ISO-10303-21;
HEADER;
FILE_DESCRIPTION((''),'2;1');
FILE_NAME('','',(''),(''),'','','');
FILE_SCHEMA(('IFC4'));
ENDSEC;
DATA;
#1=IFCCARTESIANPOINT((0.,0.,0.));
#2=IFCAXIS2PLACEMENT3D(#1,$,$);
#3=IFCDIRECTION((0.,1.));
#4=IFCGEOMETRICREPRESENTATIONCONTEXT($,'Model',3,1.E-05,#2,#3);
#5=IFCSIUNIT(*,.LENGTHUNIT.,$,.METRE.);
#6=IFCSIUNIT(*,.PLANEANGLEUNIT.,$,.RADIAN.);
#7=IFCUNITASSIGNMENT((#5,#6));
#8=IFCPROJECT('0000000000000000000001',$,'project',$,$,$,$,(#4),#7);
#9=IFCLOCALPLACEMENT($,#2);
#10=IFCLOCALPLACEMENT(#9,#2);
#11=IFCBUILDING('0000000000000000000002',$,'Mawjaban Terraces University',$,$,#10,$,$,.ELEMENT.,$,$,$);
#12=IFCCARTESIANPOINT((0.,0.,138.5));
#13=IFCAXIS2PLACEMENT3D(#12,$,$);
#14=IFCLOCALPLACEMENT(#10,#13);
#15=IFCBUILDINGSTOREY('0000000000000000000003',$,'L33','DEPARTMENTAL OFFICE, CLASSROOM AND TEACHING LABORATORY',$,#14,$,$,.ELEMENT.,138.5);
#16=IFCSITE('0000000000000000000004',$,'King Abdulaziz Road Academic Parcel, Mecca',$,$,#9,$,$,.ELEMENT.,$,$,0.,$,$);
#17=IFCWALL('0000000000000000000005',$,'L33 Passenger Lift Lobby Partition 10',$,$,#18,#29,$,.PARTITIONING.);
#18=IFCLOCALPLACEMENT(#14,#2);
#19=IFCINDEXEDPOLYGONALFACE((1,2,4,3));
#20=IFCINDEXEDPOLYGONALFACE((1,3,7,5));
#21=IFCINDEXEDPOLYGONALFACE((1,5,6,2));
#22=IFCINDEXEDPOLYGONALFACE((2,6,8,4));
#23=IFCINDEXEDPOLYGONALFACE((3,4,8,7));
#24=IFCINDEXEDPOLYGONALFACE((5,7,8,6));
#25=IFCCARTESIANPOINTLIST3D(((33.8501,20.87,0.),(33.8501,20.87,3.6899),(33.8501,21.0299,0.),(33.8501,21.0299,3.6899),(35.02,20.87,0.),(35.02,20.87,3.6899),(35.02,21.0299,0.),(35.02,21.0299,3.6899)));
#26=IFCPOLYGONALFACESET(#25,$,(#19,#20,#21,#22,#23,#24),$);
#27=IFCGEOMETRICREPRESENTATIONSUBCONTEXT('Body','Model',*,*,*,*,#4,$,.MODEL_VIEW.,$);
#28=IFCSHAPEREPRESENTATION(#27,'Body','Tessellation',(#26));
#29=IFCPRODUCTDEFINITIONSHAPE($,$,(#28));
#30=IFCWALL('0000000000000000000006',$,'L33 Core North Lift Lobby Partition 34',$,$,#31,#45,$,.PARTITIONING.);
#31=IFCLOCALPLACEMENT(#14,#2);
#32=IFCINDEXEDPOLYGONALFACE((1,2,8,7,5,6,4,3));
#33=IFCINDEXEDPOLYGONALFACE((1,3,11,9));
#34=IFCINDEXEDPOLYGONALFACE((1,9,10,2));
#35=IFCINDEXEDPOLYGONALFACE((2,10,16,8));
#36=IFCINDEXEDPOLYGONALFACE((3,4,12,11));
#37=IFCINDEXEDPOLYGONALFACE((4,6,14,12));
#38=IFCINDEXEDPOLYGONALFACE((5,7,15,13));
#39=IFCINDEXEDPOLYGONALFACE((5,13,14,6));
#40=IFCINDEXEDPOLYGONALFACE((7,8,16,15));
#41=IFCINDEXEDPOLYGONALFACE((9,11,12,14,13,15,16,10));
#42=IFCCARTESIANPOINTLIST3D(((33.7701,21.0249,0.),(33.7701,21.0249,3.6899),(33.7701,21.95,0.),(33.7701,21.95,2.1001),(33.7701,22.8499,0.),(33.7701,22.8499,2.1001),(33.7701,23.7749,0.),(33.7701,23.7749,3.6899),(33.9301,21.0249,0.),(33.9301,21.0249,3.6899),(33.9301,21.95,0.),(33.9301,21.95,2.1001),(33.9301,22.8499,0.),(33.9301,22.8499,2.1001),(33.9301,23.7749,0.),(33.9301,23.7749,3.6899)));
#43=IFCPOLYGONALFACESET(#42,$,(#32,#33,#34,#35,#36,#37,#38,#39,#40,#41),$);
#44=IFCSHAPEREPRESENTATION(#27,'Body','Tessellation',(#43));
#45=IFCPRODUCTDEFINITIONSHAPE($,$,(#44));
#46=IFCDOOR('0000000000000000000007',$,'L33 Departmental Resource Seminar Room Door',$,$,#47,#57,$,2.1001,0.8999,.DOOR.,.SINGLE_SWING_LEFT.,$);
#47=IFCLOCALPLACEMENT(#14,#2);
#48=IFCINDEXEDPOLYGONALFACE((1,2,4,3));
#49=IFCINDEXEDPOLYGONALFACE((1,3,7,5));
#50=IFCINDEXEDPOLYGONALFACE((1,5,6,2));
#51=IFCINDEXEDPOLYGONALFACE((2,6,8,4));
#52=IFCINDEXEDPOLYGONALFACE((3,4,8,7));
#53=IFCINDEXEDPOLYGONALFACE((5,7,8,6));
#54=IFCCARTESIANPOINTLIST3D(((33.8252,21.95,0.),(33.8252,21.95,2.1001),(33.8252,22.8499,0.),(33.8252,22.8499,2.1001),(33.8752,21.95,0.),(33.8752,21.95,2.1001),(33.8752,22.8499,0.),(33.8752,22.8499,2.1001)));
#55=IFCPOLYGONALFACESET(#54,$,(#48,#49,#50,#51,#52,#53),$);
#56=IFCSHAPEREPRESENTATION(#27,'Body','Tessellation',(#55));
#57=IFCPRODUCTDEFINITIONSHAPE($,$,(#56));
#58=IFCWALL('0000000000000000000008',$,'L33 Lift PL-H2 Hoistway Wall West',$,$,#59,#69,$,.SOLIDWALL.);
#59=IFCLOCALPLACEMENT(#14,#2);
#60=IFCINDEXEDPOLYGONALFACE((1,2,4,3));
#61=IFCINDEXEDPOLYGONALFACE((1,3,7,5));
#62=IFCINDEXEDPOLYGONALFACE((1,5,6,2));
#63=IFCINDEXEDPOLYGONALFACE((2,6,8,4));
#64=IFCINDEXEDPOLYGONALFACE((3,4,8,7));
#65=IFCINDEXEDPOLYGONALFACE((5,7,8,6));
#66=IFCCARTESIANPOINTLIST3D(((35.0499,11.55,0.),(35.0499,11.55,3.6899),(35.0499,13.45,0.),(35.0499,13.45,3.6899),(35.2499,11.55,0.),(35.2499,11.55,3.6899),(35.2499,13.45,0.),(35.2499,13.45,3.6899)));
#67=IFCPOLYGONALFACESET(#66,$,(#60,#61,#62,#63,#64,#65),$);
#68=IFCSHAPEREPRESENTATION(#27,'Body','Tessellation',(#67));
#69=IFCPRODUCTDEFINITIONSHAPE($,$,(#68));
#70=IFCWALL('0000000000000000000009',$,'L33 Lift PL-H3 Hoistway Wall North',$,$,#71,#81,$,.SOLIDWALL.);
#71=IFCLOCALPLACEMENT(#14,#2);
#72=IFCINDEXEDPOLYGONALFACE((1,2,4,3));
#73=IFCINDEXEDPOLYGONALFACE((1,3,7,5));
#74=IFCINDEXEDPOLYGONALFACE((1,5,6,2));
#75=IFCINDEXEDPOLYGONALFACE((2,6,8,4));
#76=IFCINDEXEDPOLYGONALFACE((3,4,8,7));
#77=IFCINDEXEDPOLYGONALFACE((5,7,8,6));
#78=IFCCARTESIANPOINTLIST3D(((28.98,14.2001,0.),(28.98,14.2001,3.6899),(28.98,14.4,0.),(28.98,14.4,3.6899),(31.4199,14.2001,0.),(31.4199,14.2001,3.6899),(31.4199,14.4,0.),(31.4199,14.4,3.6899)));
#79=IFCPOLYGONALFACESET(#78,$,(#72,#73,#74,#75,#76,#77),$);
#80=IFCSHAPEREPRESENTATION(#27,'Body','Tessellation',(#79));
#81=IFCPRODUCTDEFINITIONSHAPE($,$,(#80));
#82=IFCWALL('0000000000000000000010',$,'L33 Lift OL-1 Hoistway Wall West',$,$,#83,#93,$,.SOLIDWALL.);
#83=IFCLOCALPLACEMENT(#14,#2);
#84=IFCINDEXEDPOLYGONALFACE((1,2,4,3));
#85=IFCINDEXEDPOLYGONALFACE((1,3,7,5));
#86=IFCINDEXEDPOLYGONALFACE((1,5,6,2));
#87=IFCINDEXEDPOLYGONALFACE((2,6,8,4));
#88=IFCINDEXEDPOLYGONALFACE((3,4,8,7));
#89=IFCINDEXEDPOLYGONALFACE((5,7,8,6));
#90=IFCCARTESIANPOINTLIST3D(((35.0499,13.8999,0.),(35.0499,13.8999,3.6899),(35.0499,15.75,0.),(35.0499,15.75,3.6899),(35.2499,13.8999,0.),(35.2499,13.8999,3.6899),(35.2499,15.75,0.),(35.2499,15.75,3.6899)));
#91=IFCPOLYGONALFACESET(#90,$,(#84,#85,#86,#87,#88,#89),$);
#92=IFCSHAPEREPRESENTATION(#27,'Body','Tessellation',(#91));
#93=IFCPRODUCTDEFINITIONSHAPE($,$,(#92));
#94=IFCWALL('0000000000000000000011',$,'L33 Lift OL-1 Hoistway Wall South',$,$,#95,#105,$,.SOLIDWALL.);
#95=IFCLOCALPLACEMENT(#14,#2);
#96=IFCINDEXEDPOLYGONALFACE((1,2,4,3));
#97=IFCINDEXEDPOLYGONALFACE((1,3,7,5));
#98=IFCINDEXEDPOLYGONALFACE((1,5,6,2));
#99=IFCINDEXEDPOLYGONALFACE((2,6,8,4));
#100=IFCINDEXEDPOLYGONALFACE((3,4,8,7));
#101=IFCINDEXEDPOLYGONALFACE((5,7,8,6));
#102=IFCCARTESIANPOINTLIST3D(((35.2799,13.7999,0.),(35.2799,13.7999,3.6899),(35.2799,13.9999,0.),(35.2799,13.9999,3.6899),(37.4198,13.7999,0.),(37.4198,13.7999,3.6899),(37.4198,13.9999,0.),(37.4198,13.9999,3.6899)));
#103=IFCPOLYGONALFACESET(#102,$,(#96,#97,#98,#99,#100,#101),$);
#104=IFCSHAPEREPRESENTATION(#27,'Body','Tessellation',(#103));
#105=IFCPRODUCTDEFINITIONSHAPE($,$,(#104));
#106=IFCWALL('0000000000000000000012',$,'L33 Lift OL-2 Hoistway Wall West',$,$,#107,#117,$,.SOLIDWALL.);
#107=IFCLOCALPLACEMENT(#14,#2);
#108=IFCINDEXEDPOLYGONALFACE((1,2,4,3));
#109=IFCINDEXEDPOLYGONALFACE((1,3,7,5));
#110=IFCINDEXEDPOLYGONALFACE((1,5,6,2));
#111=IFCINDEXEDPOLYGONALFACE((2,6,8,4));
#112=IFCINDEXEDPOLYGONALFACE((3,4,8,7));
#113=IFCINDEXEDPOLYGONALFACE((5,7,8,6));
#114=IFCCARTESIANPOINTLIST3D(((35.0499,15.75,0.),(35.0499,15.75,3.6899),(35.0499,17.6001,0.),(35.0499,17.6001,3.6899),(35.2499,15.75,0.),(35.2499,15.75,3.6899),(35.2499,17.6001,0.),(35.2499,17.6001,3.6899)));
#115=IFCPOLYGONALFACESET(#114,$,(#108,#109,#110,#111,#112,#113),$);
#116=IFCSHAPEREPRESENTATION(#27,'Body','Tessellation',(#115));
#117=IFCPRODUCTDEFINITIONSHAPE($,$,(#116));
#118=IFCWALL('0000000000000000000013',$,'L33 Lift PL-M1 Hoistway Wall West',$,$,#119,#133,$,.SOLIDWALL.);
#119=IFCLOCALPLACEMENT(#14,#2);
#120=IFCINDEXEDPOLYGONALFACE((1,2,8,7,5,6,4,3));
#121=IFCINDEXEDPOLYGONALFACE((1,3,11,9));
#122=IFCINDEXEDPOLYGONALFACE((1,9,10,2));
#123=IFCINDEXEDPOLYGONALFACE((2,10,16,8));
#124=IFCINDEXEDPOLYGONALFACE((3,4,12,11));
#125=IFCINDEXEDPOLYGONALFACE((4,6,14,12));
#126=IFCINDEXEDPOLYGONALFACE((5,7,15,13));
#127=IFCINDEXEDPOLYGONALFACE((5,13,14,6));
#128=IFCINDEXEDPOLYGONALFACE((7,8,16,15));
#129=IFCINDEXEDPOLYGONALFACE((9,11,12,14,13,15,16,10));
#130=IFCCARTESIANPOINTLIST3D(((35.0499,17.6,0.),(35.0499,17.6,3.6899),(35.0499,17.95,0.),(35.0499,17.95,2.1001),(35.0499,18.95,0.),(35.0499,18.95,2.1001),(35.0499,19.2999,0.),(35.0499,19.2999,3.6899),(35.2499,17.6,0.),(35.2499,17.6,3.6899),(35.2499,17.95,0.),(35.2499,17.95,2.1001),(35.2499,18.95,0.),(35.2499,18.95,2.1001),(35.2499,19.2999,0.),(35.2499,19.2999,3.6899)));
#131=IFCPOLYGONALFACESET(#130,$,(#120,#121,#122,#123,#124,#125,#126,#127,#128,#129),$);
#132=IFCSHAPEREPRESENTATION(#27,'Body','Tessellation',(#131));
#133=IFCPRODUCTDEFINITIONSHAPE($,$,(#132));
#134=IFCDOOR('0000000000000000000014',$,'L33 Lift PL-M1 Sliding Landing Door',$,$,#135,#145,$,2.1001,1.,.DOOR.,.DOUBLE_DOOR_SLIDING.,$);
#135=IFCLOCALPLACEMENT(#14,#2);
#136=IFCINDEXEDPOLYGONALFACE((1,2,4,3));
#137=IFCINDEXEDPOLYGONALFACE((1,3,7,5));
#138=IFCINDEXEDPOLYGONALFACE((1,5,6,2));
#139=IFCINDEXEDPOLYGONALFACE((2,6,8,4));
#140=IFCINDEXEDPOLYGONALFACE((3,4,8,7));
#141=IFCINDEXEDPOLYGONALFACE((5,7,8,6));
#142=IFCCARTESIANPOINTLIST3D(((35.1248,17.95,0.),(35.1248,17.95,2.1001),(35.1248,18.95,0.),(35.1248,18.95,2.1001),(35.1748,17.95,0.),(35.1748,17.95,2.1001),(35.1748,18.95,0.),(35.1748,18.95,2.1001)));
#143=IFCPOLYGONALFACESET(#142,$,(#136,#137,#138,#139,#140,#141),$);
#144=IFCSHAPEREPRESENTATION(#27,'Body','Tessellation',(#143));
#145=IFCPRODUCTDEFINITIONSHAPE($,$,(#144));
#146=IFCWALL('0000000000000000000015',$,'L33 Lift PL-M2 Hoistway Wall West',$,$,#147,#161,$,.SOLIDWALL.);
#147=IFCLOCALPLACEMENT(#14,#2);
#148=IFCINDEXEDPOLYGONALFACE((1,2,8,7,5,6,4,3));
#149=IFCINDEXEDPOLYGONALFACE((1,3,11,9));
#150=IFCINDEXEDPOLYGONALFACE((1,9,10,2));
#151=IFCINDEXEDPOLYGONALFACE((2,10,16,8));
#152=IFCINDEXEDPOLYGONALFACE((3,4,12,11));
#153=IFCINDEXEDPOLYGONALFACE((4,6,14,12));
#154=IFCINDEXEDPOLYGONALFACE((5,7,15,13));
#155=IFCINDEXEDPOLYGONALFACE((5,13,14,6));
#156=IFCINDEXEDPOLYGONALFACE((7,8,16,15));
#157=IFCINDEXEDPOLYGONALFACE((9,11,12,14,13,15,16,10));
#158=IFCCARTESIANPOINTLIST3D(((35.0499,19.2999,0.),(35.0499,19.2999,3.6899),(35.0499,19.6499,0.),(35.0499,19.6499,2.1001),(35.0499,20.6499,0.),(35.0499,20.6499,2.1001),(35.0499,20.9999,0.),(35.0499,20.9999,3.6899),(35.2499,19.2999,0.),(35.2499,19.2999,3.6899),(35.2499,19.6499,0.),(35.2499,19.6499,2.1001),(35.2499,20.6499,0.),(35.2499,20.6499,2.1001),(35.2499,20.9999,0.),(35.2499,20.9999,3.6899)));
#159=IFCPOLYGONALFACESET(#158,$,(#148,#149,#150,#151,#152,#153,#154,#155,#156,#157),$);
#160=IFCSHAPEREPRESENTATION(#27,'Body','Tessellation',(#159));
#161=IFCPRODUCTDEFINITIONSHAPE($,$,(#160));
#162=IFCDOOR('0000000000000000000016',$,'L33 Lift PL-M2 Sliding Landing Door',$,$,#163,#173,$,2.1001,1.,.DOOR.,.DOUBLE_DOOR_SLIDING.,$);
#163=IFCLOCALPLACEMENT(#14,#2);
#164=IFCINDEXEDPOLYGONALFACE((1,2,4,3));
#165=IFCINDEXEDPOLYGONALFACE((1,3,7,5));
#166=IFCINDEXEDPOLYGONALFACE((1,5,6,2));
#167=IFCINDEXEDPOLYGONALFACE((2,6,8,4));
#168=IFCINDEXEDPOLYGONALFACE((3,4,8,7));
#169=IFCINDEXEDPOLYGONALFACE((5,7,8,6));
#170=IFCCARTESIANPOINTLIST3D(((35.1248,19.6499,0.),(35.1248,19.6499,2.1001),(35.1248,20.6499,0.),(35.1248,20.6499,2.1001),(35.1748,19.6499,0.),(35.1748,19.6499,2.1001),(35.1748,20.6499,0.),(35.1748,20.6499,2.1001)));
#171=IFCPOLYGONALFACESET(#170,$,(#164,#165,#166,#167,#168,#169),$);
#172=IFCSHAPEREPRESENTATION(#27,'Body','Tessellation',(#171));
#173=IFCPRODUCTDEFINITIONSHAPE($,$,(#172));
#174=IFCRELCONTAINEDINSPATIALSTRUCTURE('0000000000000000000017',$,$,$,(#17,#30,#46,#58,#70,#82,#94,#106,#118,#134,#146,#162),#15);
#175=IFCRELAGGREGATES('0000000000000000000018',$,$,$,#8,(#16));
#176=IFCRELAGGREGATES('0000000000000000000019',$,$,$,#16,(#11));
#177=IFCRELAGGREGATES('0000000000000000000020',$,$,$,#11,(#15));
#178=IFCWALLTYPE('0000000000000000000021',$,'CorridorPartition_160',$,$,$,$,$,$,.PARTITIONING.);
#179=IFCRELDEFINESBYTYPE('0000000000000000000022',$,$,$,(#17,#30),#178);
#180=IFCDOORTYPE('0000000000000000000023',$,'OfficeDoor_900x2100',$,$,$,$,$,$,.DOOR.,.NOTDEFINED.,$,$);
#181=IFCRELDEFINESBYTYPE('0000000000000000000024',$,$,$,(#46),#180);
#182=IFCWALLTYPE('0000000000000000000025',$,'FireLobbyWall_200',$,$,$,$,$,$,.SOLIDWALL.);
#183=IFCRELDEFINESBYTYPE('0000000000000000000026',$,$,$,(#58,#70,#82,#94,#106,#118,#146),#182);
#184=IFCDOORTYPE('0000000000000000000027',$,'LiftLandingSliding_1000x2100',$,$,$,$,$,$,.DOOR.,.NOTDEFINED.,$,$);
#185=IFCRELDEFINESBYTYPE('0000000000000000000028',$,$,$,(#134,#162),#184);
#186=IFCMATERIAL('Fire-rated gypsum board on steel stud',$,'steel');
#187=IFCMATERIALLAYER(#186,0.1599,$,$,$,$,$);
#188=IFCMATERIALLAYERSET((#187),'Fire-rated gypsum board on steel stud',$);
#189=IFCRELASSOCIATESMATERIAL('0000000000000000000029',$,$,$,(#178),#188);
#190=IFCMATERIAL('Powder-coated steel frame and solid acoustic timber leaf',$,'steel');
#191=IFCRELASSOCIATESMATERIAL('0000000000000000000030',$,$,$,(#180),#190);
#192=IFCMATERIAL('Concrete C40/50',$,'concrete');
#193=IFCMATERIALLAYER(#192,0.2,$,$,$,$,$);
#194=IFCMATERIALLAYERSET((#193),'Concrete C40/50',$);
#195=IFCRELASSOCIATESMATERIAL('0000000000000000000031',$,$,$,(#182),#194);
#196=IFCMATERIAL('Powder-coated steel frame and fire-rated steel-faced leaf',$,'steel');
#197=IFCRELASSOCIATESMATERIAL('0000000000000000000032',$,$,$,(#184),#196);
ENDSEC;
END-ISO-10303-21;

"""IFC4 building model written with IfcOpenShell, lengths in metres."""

from ifc_helpers import new_model, si_unit, direction, frame, frame_2d, origin, place, context, subcontext, project, spatial, rectangle, extrude, material, layer, layer_set, type_object, element, fill, save


model = new_model("IFC4")

# Units and contexts
model_context = context("Model", 3, precision=1e-05, world=origin(), true_north=direction((0.0, 1.0)))
body_context = subcontext(model_context, "Body", "Model", "MODEL_VIEW")
ifc_project = project(units=[si_unit("LENGTHUNIT", "METRE"), si_unit("PLANEANGLEUNIT", "RADIAN")], contexts=[model_context])

# Site, building, storey
site_placement = place(None, origin())
site = spatial("IfcSite", under=ifc_project, at=site_placement, Name="King Abdulaziz Road Academic Parcel, Mecca", CompositionType="ELEMENT", RefElevation=0.0)
building_placement = place(site_placement, origin())
building = spatial("IfcBuilding", under=site, at=building_placement, Name="Mawjaban Terraces University", CompositionType="ELEMENT")
storey_placement = place(building_placement, frame((0.0, 0.0, 138.5)))
storey = spatial("IfcBuildingStorey", under=building, at=storey_placement, Name="L33", Description="DEPARTMENTAL OFFICE, CLASSROOM AND TEACHING LABORATORY", CompositionType="ELEMENT", Elevation=138.5)

# Wall
ifc_material_1 = material(Name="Fire-rated gypsum board on steel stud", Category="steel")
ifc_layer_1 = layer(ifc_material_1, 0.1599)
ifc_layer_set_1 = layer_set([ifc_layer_1], Name="Fire-rated gypsum board on steel stud")
wall_type_1 = type_object("IfcWallType", Name="CorridorPartition_160", PredefinedType="PARTITIONING", material=ifc_layer_set_1)
wall_1_placement = place(storey_placement, frame((35.02, 20.95, 0.0), z_axis=(0.0, 0.0, 1.0), x_axis=(-1.0, 0.0, 0.0)))
element("IfcWall", 1, at=wall_1_placement, inside=storey, type_object=wall_type_1, Name="L33 Passenger Lift Lobby Partition 10", PredefinedType="PARTITIONING", context=body_context, shape_type="SweptSolid", body=[
    extrude(rectangle(XDim=1.1699, YDim=0.1599, at=frame_2d((0.585, 0.0))), origin(), (0.0, 0.0, 1.0), 3.6899),
])

# Wall, opening, door
wall_2_placement = place(storey_placement, frame((33.8501, 21.0249, 0.0), z_axis=(0.0, 0.0, 1.0), x_axis=(0.0, 1.0, 0.0)))
wall_2 = element("IfcWall", 2, at=wall_2_placement, inside=storey, type_object=wall_type_1, Name="L33 Core North Lift Lobby Partition 34", PredefinedType="PARTITIONING", context=body_context, shape_type="SweptSolid", body=[
    extrude(rectangle(XDim=2.75, YDim=0.1599, at=frame_2d((1.375, 0.0))), origin(), (0.0, 0.0, 1.0), 3.6899),
])
opening_1_placement = place(wall_2_placement, frame((0.925, 0.0, 0.0)))
opening_1 = element("IfcOpeningElement", 3, at=opening_1_placement, cuts=wall_2, PredefinedType="OPENING", context=body_context, shape_type="SweptSolid", body=[
    extrude(rectangle(XDim=0.8999, YDim=2.1001, at=frame_2d((0.45, 1.05))), frame((0.0, 0.0898, 0.0), z_axis=(0.0, -1.0, 0.0), x_axis=(1.0, 0.0, 0.0)), (0.0, 0.0, 1.0), 0.1799),
])
ifc_material_2 = material(Name="Powder-coated steel frame and solid acoustic timber leaf", Category="steel")
door_type_1 = type_object("IfcDoorType", Name="OfficeDoor_900x2100", OperationType="NOTDEFINED", PredefinedType="DOOR", material=ifc_material_2)
door_1_placement = place(opening_1_placement, origin())
door_1 = element("IfcDoor", 4, at=door_1_placement, inside=storey, type_object=door_type_1, Name="L33 Departmental Resource Seminar Room Door", OperationType="SINGLE_SWING_LEFT", OverallHeight=2.1001, OverallWidth=0.8999, PredefinedType="DOOR", context=body_context, shape_type="SweptSolid", body=[
    extrude(rectangle(XDim=0.8999, YDim=2.1001, at=frame_2d((0.45, 1.05))), frame((0.0, 0.0249, 0.0), z_axis=(0.0, -1.0, 0.0), x_axis=(1.0, 0.0, 0.0)), (0.0, 0.0, 1.0), 0.05),
])
fill(opening_1, door_1)

# Walls
ifc_material_3 = material(Name="Concrete C40/50", Category="concrete")
ifc_layer_2 = layer(ifc_material_3, 0.2)
ifc_layer_set_2 = layer_set([ifc_layer_2], Name="Concrete C40/50")
wall_type_2 = type_object("IfcWallType", Name="FireLobbyWall_200", PredefinedType="SOLIDWALL", material=ifc_layer_set_2)
wall_3_placement = place(storey_placement, frame((35.1499, 13.45, 0.0), z_axis=(0.0, 0.0, 1.0), x_axis=(0.0, -1.0, 0.0)))
element("IfcWall", 5, at=wall_3_placement, inside=storey, type_object=wall_type_2, Name="L33 Lift PL-H2 Hoistway Wall West", PredefinedType="SOLIDWALL", context=body_context, shape_type="SweptSolid", body=[
    extrude(rectangle(XDim=1.8999, YDim=0.2, at=frame_2d((0.95, 0.0))), origin(), (0.0, 0.0, 1.0), 3.6899),
])
wall_4_placement = place(storey_placement, frame((31.4199, 14.3, 0.0), z_axis=(0.0, 0.0, 1.0), x_axis=(-1.0, 0.0, 0.0)))
element("IfcWall", 6, at=wall_4_placement, inside=storey, type_object=wall_type_2, Name="L33 Lift PL-H3 Hoistway Wall North", PredefinedType="SOLIDWALL", context=body_context, shape_type="SweptSolid", body=[
    extrude(rectangle(XDim=2.4399, YDim=0.2, at=frame_2d((1.22, 0.0))), origin(), (0.0, 0.0, 1.0), 3.6899),
])
wall_5_placement = place(storey_placement, frame((35.1499, 15.75, 0.0), z_axis=(0.0, 0.0, 1.0), x_axis=(0.0, -1.0, 0.0)))
element("IfcWall", 7, at=wall_5_placement, inside=storey, type_object=wall_type_2, Name="L33 Lift OL-1 Hoistway Wall West", PredefinedType="SOLIDWALL", context=body_context, shape_type="SweptSolid", body=[
    extrude(rectangle(XDim=1.8501, YDim=0.2, at=frame_2d((0.925, 0.0))), origin(), (0.0, 0.0, 1.0), 3.6899),
])
wall_6_placement = place(storey_placement, frame((35.28, 13.8999, 0.0), z_axis=(0.0, 0.0, 1.0), x_axis=(1.0, 0.0, 0.0)))
element("IfcWall", 8, at=wall_6_placement, inside=storey, type_object=wall_type_2, Name="L33 Lift OL-1 Hoistway Wall South", PredefinedType="SOLIDWALL", context=body_context, shape_type="SweptSolid", body=[
    extrude(rectangle(XDim=2.1399, YDim=0.2, at=frame_2d((1.0698, 0.0))), origin(), (0.0, 0.0, 1.0), 3.6899),
])
wall_7_placement = place(storey_placement, frame((35.1499, 17.6001, 0.0), z_axis=(0.0, 0.0, 1.0), x_axis=(0.0, -1.0, 0.0)))
element("IfcWall", 9, at=wall_7_placement, inside=storey, type_object=wall_type_2, Name="L33 Lift OL-2 Hoistway Wall West", PredefinedType="SOLIDWALL", context=body_context, shape_type="SweptSolid", body=[
    extrude(rectangle(XDim=1.8501, YDim=0.2, at=frame_2d((0.925, 0.0))), origin(), (0.0, 0.0, 1.0), 3.6899),
])

# Walls, openings, doors
wall_8_placement = place(storey_placement, frame((35.1499, 19.3, 0.0), z_axis=(0.0, 0.0, 1.0), x_axis=(0.0, -1.0, 0.0)))
wall_8 = element("IfcWall", 10, at=wall_8_placement, inside=storey, type_object=wall_type_2, Name="L33 Lift PL-M1 Hoistway Wall West", PredefinedType="SOLIDWALL", context=body_context, shape_type="SweptSolid", body=[
    extrude(rectangle(XDim=1.7, YDim=0.2, at=frame_2d((0.8501, 0.0))), origin(), (0.0, 0.0, 1.0), 3.6899),
])
opening_2_placement = place(wall_8_placement, frame((0.3501, 0.0, 0.0)))
opening_2 = element("IfcOpeningElement", 11, at=opening_2_placement, cuts=wall_8, PredefinedType="OPENING", context=body_context, shape_type="SweptSolid", body=[
    extrude(rectangle(XDim=1.0, YDim=2.1001, at=frame_2d((0.5, 1.05))), frame((0.0, 0.1099, 0.0), z_axis=(0.0, -1.0, 0.0), x_axis=(1.0, 0.0, 0.0)), (0.0, 0.0, 1.0), 0.22),
])
ifc_material_4 = material(Name="Powder-coated steel frame and fire-rated steel-faced leaf", Category="steel")
door_type_2 = type_object("IfcDoorType", Name="LiftLandingSliding_1000x2100", OperationType="NOTDEFINED", PredefinedType="DOOR", material=ifc_material_4)
door_2_placement = place(opening_2_placement, origin())
door_2 = element("IfcDoor", 12, at=door_2_placement, inside=storey, type_object=door_type_2, Name="L33 Lift PL-M1 Sliding Landing Door", OperationType="DOUBLE_DOOR_SLIDING", OverallHeight=2.1001, OverallWidth=1.0, PredefinedType="DOOR", context=body_context, shape_type="SweptSolid", body=[
    extrude(rectangle(XDim=1.0, YDim=2.1001, at=frame_2d((0.5, 1.05))), frame((0.0, 0.0249, 0.0), z_axis=(0.0, -1.0, 0.0), x_axis=(1.0, 0.0, 0.0)), (0.0, 0.0, 1.0), 0.05),
])
fill(opening_2, door_2)
wall_9_placement = place(storey_placement, frame((35.1499, 21.0, 0.0), z_axis=(0.0, 0.0, 1.0), x_axis=(0.0, -1.0, 0.0)))
wall_9 = element("IfcWall", 13, at=wall_9_placement, inside=storey, type_object=wall_type_2, Name="L33 Lift PL-M2 Hoistway Wall West", PredefinedType="SOLIDWALL", context=body_context, shape_type="SweptSolid", body=[
    extrude(rectangle(XDim=1.7, YDim=0.2, at=frame_2d((0.8501, 0.0))), origin(), (0.0, 0.0, 1.0), 3.6899),
])
opening_3_placement = place(wall_9_placement, frame((0.3501, 0.0, 0.0)))
opening_3 = element("IfcOpeningElement", 14, at=opening_3_placement, cuts=wall_9, PredefinedType="OPENING", context=body_context, shape_type="SweptSolid", body=[
    extrude(rectangle(XDim=1.0, YDim=2.1001, at=frame_2d((0.5, 1.05))), frame((0.0, 0.1099, 0.0), z_axis=(0.0, -1.0, 0.0), x_axis=(1.0, 0.0, 0.0)), (0.0, 0.0, 1.0), 0.22),
])
door_3_placement = place(opening_3_placement, origin())
door_3 = element("IfcDoor", 15, at=door_3_placement, inside=storey, type_object=door_type_2, Name="L33 Lift PL-M2 Sliding Landing Door", OperationType="DOUBLE_DOOR_SLIDING", OverallHeight=2.1001, OverallWidth=1.0, PredefinedType="DOOR", context=body_context, shape_type="SweptSolid", body=[
    extrude(rectangle(XDim=1.0, YDim=2.1001, at=frame_2d((0.5, 1.05))), frame((0.0, 0.0249, 0.0), z_axis=(0.0, -1.0, 0.0), x_axis=(1.0, 0.0, 0.0)), (0.0, 0.0, 1.0), 0.05),
])
fill(opening_3, door_3)

save(model, "model.ifc")
